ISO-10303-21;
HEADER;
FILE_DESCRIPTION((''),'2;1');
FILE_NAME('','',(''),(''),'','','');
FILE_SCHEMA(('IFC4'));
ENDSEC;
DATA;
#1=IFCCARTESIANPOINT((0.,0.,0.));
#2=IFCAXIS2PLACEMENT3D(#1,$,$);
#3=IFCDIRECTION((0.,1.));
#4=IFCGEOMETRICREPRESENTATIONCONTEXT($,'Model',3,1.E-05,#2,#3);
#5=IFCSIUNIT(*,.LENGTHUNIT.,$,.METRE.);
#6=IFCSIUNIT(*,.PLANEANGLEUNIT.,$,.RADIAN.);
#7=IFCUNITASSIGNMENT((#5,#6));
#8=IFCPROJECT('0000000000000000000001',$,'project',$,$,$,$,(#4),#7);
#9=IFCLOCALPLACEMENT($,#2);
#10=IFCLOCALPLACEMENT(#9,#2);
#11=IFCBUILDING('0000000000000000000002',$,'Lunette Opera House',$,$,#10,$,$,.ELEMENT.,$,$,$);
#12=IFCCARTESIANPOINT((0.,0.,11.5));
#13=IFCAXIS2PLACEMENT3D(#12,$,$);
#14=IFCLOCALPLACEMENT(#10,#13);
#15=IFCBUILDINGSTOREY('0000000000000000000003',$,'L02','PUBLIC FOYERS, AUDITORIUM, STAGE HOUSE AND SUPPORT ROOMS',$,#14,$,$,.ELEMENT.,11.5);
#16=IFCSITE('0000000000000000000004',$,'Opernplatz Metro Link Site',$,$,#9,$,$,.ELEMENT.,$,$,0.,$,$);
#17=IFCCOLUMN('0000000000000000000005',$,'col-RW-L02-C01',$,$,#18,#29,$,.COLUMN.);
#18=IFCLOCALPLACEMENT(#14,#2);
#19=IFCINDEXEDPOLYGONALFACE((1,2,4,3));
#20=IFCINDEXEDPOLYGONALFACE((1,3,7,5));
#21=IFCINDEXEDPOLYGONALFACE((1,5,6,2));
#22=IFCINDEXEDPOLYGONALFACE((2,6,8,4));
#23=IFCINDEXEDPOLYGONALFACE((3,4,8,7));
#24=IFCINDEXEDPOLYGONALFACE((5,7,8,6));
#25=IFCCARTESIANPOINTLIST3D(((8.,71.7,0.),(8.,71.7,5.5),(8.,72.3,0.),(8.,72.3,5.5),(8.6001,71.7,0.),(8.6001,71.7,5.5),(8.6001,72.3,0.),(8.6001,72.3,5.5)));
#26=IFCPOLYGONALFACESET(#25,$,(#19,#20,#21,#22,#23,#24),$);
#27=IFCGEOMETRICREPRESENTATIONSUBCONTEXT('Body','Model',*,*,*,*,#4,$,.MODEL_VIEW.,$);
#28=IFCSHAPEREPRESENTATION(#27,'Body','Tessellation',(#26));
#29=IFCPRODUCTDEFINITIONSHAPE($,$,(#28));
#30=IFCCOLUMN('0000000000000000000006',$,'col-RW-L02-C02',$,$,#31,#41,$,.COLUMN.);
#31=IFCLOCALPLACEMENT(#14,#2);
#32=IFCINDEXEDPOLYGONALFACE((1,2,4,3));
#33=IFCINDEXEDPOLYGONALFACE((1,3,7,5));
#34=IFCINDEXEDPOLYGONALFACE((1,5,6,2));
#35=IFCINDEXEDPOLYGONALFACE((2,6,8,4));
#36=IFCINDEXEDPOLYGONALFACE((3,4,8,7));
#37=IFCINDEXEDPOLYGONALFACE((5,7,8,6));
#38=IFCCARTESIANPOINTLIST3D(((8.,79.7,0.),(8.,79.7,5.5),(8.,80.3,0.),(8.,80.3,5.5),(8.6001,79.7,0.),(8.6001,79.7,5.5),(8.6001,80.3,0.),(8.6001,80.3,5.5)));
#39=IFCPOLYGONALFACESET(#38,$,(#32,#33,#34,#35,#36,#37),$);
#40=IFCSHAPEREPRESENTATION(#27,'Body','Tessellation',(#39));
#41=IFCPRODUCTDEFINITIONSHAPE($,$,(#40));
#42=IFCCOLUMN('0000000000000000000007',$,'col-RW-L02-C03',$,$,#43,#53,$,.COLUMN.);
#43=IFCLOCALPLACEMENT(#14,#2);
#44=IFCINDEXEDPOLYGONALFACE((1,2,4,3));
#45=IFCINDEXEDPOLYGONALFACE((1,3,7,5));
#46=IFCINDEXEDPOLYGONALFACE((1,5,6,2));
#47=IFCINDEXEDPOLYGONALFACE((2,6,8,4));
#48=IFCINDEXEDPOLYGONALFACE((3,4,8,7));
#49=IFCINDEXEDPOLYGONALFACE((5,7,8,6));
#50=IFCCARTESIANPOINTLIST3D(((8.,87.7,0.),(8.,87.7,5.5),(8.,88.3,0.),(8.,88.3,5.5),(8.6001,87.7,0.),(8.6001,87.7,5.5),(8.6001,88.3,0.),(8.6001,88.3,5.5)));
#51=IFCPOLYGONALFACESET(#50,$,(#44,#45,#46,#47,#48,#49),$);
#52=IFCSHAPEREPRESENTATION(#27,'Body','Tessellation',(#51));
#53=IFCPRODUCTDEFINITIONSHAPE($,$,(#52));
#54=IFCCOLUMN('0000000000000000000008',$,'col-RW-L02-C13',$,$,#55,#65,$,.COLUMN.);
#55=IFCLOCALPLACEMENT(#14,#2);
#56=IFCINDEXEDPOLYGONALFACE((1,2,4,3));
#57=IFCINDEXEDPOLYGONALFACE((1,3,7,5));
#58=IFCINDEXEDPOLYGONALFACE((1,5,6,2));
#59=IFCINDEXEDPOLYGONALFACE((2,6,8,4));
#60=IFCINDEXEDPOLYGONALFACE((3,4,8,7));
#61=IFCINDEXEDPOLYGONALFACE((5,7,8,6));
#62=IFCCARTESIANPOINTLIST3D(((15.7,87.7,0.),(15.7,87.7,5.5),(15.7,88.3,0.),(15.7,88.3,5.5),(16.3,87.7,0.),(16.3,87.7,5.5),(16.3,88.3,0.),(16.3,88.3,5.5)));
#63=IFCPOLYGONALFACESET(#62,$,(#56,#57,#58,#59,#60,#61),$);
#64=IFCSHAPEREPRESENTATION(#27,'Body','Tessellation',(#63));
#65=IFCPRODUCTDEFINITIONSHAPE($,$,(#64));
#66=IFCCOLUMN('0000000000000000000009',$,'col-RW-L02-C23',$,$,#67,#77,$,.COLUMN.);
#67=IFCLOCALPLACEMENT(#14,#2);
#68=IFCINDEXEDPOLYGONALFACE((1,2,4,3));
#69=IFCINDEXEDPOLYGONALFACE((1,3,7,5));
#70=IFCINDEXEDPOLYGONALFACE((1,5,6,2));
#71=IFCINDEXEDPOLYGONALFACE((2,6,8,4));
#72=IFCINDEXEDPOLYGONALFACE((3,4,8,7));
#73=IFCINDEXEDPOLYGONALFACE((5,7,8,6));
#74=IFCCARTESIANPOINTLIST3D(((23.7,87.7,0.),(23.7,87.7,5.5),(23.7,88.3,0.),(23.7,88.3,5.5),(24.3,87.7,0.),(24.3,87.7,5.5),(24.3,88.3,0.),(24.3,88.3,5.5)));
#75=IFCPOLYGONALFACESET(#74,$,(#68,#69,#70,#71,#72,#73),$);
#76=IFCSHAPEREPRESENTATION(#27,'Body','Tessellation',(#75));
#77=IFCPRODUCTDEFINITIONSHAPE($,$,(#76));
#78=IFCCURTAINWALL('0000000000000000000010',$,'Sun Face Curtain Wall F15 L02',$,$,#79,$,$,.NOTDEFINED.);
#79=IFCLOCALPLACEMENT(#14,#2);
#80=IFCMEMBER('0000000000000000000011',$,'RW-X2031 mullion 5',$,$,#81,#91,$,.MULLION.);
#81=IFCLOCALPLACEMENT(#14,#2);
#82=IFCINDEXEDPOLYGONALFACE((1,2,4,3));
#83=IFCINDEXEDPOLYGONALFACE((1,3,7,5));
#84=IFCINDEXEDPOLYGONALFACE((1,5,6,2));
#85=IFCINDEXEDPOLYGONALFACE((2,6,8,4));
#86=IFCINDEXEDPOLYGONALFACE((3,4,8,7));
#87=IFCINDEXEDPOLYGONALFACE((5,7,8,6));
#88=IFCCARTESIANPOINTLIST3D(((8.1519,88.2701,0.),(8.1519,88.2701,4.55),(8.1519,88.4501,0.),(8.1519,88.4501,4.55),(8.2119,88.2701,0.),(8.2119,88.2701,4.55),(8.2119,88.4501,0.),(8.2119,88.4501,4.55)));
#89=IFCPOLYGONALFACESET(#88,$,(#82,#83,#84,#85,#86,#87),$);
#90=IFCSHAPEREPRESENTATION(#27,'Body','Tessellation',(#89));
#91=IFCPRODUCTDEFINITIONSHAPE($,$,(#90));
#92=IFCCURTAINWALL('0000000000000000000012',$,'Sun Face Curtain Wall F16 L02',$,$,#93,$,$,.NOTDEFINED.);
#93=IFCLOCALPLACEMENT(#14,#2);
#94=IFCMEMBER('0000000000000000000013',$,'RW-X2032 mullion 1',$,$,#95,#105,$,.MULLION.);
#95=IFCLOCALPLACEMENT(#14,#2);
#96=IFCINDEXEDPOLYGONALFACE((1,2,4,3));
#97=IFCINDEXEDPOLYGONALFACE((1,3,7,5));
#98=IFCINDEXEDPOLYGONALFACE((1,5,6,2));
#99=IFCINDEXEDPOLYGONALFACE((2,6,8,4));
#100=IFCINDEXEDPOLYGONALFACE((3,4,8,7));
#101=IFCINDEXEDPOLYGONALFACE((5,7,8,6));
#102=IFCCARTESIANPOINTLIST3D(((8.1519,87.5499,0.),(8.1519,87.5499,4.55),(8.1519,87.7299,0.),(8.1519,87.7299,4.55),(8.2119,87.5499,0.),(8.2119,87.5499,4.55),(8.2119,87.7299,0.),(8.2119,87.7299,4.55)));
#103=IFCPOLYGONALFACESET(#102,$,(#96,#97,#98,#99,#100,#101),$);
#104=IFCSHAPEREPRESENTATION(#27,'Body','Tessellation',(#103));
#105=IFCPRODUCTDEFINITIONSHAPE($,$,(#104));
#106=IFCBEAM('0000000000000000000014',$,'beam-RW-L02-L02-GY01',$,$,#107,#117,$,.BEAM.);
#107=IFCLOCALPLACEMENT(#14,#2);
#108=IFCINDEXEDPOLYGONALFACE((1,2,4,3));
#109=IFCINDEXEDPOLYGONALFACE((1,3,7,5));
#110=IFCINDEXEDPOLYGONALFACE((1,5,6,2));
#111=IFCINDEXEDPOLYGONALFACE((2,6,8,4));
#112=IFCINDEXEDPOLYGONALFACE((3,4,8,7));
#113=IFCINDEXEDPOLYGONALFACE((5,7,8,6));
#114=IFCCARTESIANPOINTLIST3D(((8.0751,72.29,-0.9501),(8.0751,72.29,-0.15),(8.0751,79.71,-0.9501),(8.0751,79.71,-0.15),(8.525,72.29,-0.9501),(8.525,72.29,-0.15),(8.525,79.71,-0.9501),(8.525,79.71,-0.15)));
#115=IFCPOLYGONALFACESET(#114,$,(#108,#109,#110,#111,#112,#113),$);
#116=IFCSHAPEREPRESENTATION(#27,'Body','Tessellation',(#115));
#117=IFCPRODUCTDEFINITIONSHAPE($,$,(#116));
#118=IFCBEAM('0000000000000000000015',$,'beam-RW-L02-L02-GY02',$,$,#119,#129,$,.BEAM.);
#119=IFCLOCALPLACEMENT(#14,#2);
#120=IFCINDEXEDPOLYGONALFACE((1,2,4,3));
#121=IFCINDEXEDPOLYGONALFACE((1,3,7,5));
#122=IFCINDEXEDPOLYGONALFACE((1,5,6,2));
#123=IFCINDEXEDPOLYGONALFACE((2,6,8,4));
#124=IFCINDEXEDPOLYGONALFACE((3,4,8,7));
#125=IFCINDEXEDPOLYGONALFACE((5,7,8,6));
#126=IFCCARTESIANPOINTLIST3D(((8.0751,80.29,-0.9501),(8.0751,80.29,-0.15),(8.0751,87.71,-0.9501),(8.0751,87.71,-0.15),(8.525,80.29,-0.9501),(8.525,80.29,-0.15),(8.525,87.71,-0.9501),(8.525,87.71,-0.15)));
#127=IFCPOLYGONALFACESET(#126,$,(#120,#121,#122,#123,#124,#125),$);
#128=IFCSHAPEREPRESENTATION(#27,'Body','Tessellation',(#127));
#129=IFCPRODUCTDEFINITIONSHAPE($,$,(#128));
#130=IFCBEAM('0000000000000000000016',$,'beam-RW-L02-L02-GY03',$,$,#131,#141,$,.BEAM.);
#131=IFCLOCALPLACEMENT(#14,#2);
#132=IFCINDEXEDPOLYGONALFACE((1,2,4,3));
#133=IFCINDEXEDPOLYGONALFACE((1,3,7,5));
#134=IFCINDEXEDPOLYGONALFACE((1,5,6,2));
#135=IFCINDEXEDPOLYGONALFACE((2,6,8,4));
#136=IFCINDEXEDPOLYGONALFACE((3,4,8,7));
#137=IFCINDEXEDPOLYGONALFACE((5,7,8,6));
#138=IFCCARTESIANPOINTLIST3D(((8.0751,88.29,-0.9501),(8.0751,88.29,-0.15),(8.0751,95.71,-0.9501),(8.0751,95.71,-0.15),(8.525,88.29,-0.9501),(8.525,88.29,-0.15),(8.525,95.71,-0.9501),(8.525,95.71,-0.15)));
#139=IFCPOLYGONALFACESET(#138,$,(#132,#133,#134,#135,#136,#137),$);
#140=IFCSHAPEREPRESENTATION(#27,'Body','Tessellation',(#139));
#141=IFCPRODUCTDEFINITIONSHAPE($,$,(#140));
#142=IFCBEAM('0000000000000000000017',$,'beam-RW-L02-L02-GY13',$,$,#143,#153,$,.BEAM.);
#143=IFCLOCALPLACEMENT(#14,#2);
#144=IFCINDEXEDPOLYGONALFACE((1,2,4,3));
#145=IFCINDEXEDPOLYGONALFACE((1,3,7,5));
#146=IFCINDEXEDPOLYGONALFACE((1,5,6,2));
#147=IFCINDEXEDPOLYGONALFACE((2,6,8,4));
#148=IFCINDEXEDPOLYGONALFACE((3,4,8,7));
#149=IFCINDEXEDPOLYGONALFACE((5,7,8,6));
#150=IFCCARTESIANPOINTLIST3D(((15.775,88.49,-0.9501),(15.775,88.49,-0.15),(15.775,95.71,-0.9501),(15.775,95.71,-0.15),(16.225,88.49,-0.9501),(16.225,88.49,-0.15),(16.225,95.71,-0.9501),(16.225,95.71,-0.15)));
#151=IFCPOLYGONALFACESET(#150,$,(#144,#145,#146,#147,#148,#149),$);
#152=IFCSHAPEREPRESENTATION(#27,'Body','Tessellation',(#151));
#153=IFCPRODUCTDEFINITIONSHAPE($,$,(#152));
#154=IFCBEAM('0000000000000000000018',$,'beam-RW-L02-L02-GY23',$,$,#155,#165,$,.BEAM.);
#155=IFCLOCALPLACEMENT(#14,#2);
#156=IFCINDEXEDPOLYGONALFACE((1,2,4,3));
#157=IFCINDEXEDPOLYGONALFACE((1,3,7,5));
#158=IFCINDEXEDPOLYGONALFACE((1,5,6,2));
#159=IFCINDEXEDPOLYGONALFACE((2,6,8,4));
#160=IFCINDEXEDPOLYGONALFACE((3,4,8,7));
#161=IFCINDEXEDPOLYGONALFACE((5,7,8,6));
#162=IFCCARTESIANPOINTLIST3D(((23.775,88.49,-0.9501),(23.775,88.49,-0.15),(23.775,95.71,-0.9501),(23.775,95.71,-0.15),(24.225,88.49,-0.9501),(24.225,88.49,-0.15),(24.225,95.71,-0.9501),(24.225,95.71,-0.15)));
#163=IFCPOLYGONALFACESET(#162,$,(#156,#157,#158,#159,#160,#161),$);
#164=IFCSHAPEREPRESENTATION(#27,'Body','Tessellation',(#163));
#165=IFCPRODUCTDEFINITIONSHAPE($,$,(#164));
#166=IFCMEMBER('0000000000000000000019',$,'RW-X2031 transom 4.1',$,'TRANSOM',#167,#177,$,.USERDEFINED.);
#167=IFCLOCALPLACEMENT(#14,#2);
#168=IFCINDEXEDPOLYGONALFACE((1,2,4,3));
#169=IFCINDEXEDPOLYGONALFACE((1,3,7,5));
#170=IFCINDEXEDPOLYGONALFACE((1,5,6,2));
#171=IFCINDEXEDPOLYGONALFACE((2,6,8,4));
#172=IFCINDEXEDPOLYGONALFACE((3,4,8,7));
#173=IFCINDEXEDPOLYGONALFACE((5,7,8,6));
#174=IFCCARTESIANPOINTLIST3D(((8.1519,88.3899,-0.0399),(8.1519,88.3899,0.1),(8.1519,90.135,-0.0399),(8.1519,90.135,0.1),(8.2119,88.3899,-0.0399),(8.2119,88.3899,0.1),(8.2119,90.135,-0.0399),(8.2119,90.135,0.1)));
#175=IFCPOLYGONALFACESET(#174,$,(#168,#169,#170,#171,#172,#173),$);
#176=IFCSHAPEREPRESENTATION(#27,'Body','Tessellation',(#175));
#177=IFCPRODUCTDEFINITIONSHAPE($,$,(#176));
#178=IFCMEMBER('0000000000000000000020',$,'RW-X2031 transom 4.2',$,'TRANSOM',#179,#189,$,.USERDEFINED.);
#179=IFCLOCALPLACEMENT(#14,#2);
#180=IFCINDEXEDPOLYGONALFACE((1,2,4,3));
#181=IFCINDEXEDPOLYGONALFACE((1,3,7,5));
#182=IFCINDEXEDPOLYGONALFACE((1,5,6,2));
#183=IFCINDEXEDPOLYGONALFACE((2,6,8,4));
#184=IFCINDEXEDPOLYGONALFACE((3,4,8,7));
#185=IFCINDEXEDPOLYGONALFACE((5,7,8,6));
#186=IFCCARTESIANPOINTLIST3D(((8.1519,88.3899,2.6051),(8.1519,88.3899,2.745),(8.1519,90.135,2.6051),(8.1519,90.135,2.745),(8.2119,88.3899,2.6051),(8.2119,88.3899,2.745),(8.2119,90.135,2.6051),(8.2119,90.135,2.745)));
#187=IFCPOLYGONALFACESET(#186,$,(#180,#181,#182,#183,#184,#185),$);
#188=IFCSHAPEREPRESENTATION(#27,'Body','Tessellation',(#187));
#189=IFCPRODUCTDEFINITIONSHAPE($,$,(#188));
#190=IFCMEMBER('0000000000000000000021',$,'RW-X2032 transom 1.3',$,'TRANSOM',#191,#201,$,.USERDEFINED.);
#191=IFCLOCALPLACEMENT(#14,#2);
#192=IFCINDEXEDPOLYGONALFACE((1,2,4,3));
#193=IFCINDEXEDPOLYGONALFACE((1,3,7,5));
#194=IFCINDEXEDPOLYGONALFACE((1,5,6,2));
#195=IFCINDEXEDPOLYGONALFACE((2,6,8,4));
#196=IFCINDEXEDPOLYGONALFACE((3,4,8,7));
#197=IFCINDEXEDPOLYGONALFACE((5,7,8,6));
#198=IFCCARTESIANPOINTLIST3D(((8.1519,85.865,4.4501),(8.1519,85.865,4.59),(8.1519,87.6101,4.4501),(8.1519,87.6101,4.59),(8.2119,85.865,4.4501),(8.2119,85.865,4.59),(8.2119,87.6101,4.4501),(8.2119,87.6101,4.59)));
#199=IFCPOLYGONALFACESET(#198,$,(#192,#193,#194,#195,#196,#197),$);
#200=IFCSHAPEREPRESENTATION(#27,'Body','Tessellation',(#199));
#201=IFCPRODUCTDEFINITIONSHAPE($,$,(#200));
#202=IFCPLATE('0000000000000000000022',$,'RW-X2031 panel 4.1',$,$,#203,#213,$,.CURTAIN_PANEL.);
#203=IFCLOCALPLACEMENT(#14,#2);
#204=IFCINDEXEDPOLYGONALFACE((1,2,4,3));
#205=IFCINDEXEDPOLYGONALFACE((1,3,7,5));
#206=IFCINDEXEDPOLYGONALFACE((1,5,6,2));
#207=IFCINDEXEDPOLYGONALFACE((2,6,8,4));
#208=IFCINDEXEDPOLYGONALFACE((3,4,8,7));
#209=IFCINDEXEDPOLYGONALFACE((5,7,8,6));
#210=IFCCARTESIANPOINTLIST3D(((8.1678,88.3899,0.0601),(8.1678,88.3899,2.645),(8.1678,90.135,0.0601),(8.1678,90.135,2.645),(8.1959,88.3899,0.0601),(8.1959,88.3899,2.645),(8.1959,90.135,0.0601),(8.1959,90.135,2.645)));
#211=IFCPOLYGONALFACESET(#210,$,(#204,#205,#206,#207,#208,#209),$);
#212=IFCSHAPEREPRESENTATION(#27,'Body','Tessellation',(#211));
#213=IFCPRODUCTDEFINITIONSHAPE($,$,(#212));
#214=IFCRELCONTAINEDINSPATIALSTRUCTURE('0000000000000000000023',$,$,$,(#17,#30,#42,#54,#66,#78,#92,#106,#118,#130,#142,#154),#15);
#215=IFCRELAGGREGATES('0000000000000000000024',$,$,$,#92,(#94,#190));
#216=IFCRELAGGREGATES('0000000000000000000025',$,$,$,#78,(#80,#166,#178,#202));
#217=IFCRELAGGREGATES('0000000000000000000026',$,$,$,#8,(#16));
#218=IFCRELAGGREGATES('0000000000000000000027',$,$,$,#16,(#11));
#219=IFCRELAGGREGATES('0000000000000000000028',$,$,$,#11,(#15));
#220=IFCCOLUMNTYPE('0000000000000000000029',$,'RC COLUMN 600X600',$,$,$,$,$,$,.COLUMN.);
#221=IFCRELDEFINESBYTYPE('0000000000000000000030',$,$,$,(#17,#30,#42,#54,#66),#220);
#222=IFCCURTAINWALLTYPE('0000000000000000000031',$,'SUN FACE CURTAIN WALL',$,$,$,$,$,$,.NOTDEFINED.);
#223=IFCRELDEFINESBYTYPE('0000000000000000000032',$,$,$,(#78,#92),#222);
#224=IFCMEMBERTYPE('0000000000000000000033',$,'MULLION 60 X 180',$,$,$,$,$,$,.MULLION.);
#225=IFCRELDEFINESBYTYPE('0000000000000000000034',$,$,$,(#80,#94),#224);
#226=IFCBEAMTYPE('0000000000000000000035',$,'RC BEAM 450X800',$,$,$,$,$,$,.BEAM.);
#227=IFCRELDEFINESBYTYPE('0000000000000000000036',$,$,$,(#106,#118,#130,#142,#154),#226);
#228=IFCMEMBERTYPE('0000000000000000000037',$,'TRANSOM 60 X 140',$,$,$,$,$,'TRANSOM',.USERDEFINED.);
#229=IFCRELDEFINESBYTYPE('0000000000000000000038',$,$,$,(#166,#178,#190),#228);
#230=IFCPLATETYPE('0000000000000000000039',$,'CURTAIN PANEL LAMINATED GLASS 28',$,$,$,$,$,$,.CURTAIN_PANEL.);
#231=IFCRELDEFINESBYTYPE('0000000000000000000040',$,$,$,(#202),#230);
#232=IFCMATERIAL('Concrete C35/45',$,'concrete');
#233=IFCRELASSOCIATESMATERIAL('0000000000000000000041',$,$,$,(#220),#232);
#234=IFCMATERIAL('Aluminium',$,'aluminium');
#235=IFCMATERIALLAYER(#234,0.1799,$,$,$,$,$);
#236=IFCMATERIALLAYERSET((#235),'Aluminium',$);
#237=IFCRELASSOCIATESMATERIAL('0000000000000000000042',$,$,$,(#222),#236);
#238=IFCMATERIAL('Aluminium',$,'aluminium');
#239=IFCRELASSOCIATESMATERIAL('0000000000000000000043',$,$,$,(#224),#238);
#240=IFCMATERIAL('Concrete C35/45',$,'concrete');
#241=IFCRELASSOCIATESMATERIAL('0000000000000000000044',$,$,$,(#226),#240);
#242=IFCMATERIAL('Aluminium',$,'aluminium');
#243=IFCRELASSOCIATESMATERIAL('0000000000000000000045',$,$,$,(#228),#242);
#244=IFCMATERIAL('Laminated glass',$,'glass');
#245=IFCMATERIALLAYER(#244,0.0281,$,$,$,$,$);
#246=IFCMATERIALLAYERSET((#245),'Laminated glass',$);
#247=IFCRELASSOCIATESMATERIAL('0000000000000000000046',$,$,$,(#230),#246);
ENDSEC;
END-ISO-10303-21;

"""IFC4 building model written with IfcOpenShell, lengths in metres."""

from ifc_helpers import new_model, si_unit, direction, frame, origin, origin_2d, place, context, subcontext, project, spatial, rectangle, extrude, material, layer, layer_set, material_profile, profile_set, type_object, element, aggregate, save


model = new_model("IFC4")

# Units and contexts
model_context = context("Model", 3, precision=1e-05, world=origin(), true_north=direction((0.0, 1.0)))
body_context = subcontext(model_context, "Body", "Model", "MODEL_VIEW")
ifc_project = project(units=[si_unit("LENGTHUNIT", "METRE"), si_unit("PLANEANGLEUNIT", "RADIAN")], contexts=[model_context])

# Site, building, storey
site_placement = place(None, origin())
site = spatial("IfcSite", under=ifc_project, at=site_placement, Name="Opernplatz Metro Link Site", CompositionType="ELEMENT", RefElevation=0.0)
building_placement = place(site_placement, origin())
building = spatial("IfcBuilding", under=site, at=building_placement, Name="Lunette Opera House", CompositionType="ELEMENT")
storey_placement = place(building_placement, frame((0.0, 0.0, 11.5)))
storey = spatial("IfcBuildingStorey", under=building, at=storey_placement, Name="L02", Description="PUBLIC FOYERS, AUDITORIUM, STAGE HOUSE AND SUPPORT ROOMS", CompositionType="ELEMENT", Elevation=11.5)

# Columns
ifc_material_1 = material(Name="Concrete C35/45", Category="concrete")
ifc_material_profile_1 = material_profile(ifc_material_1, rectangle(XDim=0.6001, YDim=0.6001, at=origin_2d()), Name="RC COLUMN 600X600")
ifc_profile_set_1 = profile_set([ifc_material_profile_1], Name="Concrete C35/45")
column_type = type_object("IfcColumnType", Name="RC COLUMN 600X600", PredefinedType="COLUMN", material=ifc_profile_set_1)
for number, where, z_axis, x_axis, name in (
    (1, (8.3, 72.0, 0.0), (0.0, 0.0, 1.0), (1.0, 0.0, 0.0), "col-RW-L02-C01"),
    (2, (8.3, 80.0, 0.0), (0.0, 0.0, 1.0), (1.0, 0.0, 0.0), "col-RW-L02-C02"),
    (3, (8.3, 88.0, 0.0), (0.0, 0.0, 1.0), (1.0, 0.0, 0.0), "col-RW-L02-C03"),
    (4, (16.0, 88.0, 0.0), (0.0, 0.0, 1.0), (1.0, 0.0, 0.0), "col-RW-L02-C13"),
    (5, (24.0, 88.0, 0.0), (0.0, 0.0, 1.0), (1.0, 0.0, 0.0), "col-RW-L02-C23"),
):
    element("IfcColumn", number, at=place(storey_placement, frame(where, z_axis=z_axis, x_axis=x_axis)), inside=storey, type_object=column_type, Name=name, PredefinedType="COLUMN", context=body_context, shape_type="SweptSolid", body=[
        extrude(rectangle(XDim=0.6001, YDim=0.6001, at=origin_2d()), origin(), (0.0, 0.0, 1.0), 5.5),
    ])

# Curtain walls, members
ifc_material_2 = material(Name="Aluminium", Category="aluminium")
ifc_layer_1 = layer(ifc_material_2, 0.1799)
ifc_layer_set_1 = layer_set([ifc_layer_1], Name="Aluminium")
curtain_wall_type = type_object("IfcCurtainWallType", Name="SUN FACE CURTAIN WALL", PredefinedType="NOTDEFINED", material=ifc_layer_set_1)
curtain_wall_1_placement = place(storey_placement, origin())
curtain_wall_1 = element("IfcCurtainWall", 6, at=curtain_wall_1_placement, inside=storey, type_object=curtain_wall_type, Name="Sun Face Curtain Wall F15 L02", PredefinedType="NOTDEFINED")
ifc_material_3 = material(Name="Aluminium", Category="aluminium")
ifc_material_profile_2 = material_profile(ifc_material_3, rectangle(XDim=0.0601, YDim=0.1799, at=origin_2d()), Name="MULLION 60 X 180")
ifc_profile_set_2 = profile_set([ifc_material_profile_2], Name="Aluminium")
member_type_1 = type_object("IfcMemberType", Name="MULLION 60 X 180", PredefinedType="MULLION", material=ifc_profile_set_2)
member_1_placement = place(storey_placement, frame((8.1819, 88.3601, 0.0), z_axis=(0.0, 0.0, 1.0), x_axis=(1.0, 0.0, 0.0)))
member_1 = element("IfcMember", 7, at=member_1_placement, type_object=member_type_1, Name="RW-X2031 mullion 5", PredefinedType="MULLION", context=body_context, shape_type="SweptSolid", body=[
    extrude(rectangle(XDim=0.0601, YDim=0.1799, at=origin_2d()), origin(), (0.0, 0.0, 1.0), 4.55),
])
curtain_wall_2_placement = place(storey_placement, origin())
curtain_wall_2 = element("IfcCurtainWall", 8, at=curtain_wall_2_placement, inside=storey, type_object=curtain_wall_type, Name="Sun Face Curtain Wall F16 L02", PredefinedType="NOTDEFINED")
member_2_placement = place(storey_placement, frame((8.1819, 87.6399, 0.0), z_axis=(0.0, 0.0, 1.0), x_axis=(1.0, 0.0, 0.0)))
member_2 = element("IfcMember", 9, at=member_2_placement, type_object=member_type_1, Name="RW-X2032 mullion 1", PredefinedType="MULLION", context=body_context, shape_type="SweptSolid", body=[
    extrude(rectangle(XDim=0.0601, YDim=0.1799, at=origin_2d()), origin(), (0.0, 0.0, 1.0), 4.55),
])

# Beams
ifc_material_4 = material(Name="Concrete C35/45", Category="concrete")
ifc_material_profile_3 = material_profile(ifc_material_4, rectangle(XDim=0.45, YDim=0.8, at=origin_2d()), Name="RC BEAM 450X800")
ifc_profile_set_3 = profile_set([ifc_material_profile_3], Name="Concrete C35/45")
beam_type = type_object("IfcBeamType", Name="RC BEAM 450X800", PredefinedType="BEAM", material=ifc_profile_set_3)
for number, where, z_axis, x_axis, name in (
    (10, (8.3, 72.29, -0.55), (0.0, 1.0, 0.0), (-1.0, 0.0, 0.0), "beam-RW-L02-L02-GY01"),
    (11, (8.3, 80.29, -0.55), (0.0, 1.0, 0.0), (-1.0, 0.0, 0.0), "beam-RW-L02-L02-GY02"),
    (12, (8.3, 88.29, -0.55), (0.0, 1.0, 0.0), (-1.0, 0.0, 0.0), "beam-RW-L02-L02-GY03"),
):
    element("IfcBeam", number, at=place(storey_placement, frame(where, z_axis=z_axis, x_axis=x_axis)), inside=storey, type_object=beam_type, Name=name, PredefinedType="BEAM", context=body_context, shape_type="SweptSolid", body=[
        extrude(rectangle(XDim=0.45, YDim=0.8, at=origin_2d()), origin(), (0.0, 0.0, 1.0), 7.4199),
    ])
for number, where, z_axis, x_axis, name in (
    (13, (16.0, 88.49, -0.55), (0.0, 1.0, 0.0), (-1.0, 0.0, 0.0), "beam-RW-L02-L02-GY13"),
    (14, (24.0, 88.49, -0.55), (0.0, 1.0, 0.0), (-1.0, 0.0, 0.0), "beam-RW-L02-L02-GY23"),
):
    element("IfcBeam", number, at=place(storey_placement, frame(where, z_axis=z_axis, x_axis=x_axis)), inside=storey, type_object=beam_type, Name=name, PredefinedType="BEAM", context=body_context, shape_type="SweptSolid", body=[
        extrude(rectangle(XDim=0.45, YDim=0.8, at=origin_2d()), origin(), (0.0, 0.0, 1.0), 7.22),
    ])

# Members
ifc_material_5 = material(Name="Aluminium", Category="aluminium")
ifc_material_profile_4 = material_profile(ifc_material_5, rectangle(XDim=0.0601, YDim=0.1399, at=origin_2d()), Name="TRANSOM 60 X 140")
ifc_profile_set_4 = profile_set([ifc_material_profile_4], Name="Aluminium")
member_type_2 = type_object("IfcMemberType", Name="TRANSOM 60 X 140", ElementType="TRANSOM", PredefinedType="USERDEFINED", material=ifc_profile_set_4)
member_3_placement = place(storey_placement, frame((8.1819, 90.135, 0.03), z_axis=(0.0, -1.0, 0.0), x_axis=(1.0, 0.0, 0.0)))
member_3 = element("IfcMember", 15, at=member_3_placement, type_object=member_type_2, Name="RW-X2031 transom 4.1", ObjectType="TRANSOM", PredefinedType="USERDEFINED", context=body_context, shape_type="SweptSolid", body=[
    extrude(rectangle(XDim=0.0601, YDim=0.1399, at=origin_2d()), origin(), (0.0, 0.0, 1.0), 1.7451),
])
member_4_placement = place(storey_placement, frame((8.1819, 90.135, 2.675), z_axis=(0.0, -1.0, 0.0), x_axis=(1.0, 0.0, 0.0)))
member_4 = element("IfcMember", 16, at=member_4_placement, type_object=member_type_2, Name="RW-X2031 transom 4.2", ObjectType="TRANSOM", PredefinedType="USERDEFINED", context=body_context, shape_type="SweptSolid", body=[
    extrude(rectangle(XDim=0.0601, YDim=0.1399, at=origin_2d()), origin(), (0.0, 0.0, 1.0), 1.7451),
])
member_5_placement = place(storey_placement, frame((8.1819, 87.6101, 4.52), z_axis=(0.0, -1.0, 0.0), x_axis=(1.0, 0.0, 0.0)))
member_5 = element("IfcMember", 17, at=member_5_placement, type_object=member_type_2, Name="RW-X2032 transom 1.3", ObjectType="TRANSOM", PredefinedType="USERDEFINED", context=body_context, shape_type="SweptSolid", body=[
    extrude(rectangle(XDim=0.0601, YDim=0.1399, at=origin_2d()), origin(), (0.0, 0.0, 1.0), 1.7451),
])
aggregate(curtain_wall_2, [member_2, member_5])

# Plate
ifc_material_6 = material(Name="Laminated glass", Category="glass")
ifc_layer_2 = layer(ifc_material_6, 0.0281)
ifc_layer_set_2 = layer_set([ifc_layer_2], Name="Laminated glass")
plate_type = type_object("IfcPlateType", Name="CURTAIN PANEL LAMINATED GLASS 28", PredefinedType="CURTAIN_PANEL", material=ifc_layer_set_2)
plate_1_placement = place(storey_placement, frame((8.1819, 89.2625, 0.0601), z_axis=(0.0, 0.0, 1.0), x_axis=(0.0, -1.0, 0.0)))
plate_1 = element("IfcPlate", 18, at=plate_1_placement, type_object=plate_type, Name="RW-X2031 panel 4.1", PredefinedType="CURTAIN_PANEL", context=body_context, shape_type="SweptSolid", body=[
    extrude(rectangle(XDim=1.7451, YDim=0.0281, at=origin_2d()), origin(), (0.0, 0.0, 1.0), 2.585),
])
aggregate(curtain_wall_1, [member_1, member_3, member_4, plate_1])

save(model, "model.ifc")
